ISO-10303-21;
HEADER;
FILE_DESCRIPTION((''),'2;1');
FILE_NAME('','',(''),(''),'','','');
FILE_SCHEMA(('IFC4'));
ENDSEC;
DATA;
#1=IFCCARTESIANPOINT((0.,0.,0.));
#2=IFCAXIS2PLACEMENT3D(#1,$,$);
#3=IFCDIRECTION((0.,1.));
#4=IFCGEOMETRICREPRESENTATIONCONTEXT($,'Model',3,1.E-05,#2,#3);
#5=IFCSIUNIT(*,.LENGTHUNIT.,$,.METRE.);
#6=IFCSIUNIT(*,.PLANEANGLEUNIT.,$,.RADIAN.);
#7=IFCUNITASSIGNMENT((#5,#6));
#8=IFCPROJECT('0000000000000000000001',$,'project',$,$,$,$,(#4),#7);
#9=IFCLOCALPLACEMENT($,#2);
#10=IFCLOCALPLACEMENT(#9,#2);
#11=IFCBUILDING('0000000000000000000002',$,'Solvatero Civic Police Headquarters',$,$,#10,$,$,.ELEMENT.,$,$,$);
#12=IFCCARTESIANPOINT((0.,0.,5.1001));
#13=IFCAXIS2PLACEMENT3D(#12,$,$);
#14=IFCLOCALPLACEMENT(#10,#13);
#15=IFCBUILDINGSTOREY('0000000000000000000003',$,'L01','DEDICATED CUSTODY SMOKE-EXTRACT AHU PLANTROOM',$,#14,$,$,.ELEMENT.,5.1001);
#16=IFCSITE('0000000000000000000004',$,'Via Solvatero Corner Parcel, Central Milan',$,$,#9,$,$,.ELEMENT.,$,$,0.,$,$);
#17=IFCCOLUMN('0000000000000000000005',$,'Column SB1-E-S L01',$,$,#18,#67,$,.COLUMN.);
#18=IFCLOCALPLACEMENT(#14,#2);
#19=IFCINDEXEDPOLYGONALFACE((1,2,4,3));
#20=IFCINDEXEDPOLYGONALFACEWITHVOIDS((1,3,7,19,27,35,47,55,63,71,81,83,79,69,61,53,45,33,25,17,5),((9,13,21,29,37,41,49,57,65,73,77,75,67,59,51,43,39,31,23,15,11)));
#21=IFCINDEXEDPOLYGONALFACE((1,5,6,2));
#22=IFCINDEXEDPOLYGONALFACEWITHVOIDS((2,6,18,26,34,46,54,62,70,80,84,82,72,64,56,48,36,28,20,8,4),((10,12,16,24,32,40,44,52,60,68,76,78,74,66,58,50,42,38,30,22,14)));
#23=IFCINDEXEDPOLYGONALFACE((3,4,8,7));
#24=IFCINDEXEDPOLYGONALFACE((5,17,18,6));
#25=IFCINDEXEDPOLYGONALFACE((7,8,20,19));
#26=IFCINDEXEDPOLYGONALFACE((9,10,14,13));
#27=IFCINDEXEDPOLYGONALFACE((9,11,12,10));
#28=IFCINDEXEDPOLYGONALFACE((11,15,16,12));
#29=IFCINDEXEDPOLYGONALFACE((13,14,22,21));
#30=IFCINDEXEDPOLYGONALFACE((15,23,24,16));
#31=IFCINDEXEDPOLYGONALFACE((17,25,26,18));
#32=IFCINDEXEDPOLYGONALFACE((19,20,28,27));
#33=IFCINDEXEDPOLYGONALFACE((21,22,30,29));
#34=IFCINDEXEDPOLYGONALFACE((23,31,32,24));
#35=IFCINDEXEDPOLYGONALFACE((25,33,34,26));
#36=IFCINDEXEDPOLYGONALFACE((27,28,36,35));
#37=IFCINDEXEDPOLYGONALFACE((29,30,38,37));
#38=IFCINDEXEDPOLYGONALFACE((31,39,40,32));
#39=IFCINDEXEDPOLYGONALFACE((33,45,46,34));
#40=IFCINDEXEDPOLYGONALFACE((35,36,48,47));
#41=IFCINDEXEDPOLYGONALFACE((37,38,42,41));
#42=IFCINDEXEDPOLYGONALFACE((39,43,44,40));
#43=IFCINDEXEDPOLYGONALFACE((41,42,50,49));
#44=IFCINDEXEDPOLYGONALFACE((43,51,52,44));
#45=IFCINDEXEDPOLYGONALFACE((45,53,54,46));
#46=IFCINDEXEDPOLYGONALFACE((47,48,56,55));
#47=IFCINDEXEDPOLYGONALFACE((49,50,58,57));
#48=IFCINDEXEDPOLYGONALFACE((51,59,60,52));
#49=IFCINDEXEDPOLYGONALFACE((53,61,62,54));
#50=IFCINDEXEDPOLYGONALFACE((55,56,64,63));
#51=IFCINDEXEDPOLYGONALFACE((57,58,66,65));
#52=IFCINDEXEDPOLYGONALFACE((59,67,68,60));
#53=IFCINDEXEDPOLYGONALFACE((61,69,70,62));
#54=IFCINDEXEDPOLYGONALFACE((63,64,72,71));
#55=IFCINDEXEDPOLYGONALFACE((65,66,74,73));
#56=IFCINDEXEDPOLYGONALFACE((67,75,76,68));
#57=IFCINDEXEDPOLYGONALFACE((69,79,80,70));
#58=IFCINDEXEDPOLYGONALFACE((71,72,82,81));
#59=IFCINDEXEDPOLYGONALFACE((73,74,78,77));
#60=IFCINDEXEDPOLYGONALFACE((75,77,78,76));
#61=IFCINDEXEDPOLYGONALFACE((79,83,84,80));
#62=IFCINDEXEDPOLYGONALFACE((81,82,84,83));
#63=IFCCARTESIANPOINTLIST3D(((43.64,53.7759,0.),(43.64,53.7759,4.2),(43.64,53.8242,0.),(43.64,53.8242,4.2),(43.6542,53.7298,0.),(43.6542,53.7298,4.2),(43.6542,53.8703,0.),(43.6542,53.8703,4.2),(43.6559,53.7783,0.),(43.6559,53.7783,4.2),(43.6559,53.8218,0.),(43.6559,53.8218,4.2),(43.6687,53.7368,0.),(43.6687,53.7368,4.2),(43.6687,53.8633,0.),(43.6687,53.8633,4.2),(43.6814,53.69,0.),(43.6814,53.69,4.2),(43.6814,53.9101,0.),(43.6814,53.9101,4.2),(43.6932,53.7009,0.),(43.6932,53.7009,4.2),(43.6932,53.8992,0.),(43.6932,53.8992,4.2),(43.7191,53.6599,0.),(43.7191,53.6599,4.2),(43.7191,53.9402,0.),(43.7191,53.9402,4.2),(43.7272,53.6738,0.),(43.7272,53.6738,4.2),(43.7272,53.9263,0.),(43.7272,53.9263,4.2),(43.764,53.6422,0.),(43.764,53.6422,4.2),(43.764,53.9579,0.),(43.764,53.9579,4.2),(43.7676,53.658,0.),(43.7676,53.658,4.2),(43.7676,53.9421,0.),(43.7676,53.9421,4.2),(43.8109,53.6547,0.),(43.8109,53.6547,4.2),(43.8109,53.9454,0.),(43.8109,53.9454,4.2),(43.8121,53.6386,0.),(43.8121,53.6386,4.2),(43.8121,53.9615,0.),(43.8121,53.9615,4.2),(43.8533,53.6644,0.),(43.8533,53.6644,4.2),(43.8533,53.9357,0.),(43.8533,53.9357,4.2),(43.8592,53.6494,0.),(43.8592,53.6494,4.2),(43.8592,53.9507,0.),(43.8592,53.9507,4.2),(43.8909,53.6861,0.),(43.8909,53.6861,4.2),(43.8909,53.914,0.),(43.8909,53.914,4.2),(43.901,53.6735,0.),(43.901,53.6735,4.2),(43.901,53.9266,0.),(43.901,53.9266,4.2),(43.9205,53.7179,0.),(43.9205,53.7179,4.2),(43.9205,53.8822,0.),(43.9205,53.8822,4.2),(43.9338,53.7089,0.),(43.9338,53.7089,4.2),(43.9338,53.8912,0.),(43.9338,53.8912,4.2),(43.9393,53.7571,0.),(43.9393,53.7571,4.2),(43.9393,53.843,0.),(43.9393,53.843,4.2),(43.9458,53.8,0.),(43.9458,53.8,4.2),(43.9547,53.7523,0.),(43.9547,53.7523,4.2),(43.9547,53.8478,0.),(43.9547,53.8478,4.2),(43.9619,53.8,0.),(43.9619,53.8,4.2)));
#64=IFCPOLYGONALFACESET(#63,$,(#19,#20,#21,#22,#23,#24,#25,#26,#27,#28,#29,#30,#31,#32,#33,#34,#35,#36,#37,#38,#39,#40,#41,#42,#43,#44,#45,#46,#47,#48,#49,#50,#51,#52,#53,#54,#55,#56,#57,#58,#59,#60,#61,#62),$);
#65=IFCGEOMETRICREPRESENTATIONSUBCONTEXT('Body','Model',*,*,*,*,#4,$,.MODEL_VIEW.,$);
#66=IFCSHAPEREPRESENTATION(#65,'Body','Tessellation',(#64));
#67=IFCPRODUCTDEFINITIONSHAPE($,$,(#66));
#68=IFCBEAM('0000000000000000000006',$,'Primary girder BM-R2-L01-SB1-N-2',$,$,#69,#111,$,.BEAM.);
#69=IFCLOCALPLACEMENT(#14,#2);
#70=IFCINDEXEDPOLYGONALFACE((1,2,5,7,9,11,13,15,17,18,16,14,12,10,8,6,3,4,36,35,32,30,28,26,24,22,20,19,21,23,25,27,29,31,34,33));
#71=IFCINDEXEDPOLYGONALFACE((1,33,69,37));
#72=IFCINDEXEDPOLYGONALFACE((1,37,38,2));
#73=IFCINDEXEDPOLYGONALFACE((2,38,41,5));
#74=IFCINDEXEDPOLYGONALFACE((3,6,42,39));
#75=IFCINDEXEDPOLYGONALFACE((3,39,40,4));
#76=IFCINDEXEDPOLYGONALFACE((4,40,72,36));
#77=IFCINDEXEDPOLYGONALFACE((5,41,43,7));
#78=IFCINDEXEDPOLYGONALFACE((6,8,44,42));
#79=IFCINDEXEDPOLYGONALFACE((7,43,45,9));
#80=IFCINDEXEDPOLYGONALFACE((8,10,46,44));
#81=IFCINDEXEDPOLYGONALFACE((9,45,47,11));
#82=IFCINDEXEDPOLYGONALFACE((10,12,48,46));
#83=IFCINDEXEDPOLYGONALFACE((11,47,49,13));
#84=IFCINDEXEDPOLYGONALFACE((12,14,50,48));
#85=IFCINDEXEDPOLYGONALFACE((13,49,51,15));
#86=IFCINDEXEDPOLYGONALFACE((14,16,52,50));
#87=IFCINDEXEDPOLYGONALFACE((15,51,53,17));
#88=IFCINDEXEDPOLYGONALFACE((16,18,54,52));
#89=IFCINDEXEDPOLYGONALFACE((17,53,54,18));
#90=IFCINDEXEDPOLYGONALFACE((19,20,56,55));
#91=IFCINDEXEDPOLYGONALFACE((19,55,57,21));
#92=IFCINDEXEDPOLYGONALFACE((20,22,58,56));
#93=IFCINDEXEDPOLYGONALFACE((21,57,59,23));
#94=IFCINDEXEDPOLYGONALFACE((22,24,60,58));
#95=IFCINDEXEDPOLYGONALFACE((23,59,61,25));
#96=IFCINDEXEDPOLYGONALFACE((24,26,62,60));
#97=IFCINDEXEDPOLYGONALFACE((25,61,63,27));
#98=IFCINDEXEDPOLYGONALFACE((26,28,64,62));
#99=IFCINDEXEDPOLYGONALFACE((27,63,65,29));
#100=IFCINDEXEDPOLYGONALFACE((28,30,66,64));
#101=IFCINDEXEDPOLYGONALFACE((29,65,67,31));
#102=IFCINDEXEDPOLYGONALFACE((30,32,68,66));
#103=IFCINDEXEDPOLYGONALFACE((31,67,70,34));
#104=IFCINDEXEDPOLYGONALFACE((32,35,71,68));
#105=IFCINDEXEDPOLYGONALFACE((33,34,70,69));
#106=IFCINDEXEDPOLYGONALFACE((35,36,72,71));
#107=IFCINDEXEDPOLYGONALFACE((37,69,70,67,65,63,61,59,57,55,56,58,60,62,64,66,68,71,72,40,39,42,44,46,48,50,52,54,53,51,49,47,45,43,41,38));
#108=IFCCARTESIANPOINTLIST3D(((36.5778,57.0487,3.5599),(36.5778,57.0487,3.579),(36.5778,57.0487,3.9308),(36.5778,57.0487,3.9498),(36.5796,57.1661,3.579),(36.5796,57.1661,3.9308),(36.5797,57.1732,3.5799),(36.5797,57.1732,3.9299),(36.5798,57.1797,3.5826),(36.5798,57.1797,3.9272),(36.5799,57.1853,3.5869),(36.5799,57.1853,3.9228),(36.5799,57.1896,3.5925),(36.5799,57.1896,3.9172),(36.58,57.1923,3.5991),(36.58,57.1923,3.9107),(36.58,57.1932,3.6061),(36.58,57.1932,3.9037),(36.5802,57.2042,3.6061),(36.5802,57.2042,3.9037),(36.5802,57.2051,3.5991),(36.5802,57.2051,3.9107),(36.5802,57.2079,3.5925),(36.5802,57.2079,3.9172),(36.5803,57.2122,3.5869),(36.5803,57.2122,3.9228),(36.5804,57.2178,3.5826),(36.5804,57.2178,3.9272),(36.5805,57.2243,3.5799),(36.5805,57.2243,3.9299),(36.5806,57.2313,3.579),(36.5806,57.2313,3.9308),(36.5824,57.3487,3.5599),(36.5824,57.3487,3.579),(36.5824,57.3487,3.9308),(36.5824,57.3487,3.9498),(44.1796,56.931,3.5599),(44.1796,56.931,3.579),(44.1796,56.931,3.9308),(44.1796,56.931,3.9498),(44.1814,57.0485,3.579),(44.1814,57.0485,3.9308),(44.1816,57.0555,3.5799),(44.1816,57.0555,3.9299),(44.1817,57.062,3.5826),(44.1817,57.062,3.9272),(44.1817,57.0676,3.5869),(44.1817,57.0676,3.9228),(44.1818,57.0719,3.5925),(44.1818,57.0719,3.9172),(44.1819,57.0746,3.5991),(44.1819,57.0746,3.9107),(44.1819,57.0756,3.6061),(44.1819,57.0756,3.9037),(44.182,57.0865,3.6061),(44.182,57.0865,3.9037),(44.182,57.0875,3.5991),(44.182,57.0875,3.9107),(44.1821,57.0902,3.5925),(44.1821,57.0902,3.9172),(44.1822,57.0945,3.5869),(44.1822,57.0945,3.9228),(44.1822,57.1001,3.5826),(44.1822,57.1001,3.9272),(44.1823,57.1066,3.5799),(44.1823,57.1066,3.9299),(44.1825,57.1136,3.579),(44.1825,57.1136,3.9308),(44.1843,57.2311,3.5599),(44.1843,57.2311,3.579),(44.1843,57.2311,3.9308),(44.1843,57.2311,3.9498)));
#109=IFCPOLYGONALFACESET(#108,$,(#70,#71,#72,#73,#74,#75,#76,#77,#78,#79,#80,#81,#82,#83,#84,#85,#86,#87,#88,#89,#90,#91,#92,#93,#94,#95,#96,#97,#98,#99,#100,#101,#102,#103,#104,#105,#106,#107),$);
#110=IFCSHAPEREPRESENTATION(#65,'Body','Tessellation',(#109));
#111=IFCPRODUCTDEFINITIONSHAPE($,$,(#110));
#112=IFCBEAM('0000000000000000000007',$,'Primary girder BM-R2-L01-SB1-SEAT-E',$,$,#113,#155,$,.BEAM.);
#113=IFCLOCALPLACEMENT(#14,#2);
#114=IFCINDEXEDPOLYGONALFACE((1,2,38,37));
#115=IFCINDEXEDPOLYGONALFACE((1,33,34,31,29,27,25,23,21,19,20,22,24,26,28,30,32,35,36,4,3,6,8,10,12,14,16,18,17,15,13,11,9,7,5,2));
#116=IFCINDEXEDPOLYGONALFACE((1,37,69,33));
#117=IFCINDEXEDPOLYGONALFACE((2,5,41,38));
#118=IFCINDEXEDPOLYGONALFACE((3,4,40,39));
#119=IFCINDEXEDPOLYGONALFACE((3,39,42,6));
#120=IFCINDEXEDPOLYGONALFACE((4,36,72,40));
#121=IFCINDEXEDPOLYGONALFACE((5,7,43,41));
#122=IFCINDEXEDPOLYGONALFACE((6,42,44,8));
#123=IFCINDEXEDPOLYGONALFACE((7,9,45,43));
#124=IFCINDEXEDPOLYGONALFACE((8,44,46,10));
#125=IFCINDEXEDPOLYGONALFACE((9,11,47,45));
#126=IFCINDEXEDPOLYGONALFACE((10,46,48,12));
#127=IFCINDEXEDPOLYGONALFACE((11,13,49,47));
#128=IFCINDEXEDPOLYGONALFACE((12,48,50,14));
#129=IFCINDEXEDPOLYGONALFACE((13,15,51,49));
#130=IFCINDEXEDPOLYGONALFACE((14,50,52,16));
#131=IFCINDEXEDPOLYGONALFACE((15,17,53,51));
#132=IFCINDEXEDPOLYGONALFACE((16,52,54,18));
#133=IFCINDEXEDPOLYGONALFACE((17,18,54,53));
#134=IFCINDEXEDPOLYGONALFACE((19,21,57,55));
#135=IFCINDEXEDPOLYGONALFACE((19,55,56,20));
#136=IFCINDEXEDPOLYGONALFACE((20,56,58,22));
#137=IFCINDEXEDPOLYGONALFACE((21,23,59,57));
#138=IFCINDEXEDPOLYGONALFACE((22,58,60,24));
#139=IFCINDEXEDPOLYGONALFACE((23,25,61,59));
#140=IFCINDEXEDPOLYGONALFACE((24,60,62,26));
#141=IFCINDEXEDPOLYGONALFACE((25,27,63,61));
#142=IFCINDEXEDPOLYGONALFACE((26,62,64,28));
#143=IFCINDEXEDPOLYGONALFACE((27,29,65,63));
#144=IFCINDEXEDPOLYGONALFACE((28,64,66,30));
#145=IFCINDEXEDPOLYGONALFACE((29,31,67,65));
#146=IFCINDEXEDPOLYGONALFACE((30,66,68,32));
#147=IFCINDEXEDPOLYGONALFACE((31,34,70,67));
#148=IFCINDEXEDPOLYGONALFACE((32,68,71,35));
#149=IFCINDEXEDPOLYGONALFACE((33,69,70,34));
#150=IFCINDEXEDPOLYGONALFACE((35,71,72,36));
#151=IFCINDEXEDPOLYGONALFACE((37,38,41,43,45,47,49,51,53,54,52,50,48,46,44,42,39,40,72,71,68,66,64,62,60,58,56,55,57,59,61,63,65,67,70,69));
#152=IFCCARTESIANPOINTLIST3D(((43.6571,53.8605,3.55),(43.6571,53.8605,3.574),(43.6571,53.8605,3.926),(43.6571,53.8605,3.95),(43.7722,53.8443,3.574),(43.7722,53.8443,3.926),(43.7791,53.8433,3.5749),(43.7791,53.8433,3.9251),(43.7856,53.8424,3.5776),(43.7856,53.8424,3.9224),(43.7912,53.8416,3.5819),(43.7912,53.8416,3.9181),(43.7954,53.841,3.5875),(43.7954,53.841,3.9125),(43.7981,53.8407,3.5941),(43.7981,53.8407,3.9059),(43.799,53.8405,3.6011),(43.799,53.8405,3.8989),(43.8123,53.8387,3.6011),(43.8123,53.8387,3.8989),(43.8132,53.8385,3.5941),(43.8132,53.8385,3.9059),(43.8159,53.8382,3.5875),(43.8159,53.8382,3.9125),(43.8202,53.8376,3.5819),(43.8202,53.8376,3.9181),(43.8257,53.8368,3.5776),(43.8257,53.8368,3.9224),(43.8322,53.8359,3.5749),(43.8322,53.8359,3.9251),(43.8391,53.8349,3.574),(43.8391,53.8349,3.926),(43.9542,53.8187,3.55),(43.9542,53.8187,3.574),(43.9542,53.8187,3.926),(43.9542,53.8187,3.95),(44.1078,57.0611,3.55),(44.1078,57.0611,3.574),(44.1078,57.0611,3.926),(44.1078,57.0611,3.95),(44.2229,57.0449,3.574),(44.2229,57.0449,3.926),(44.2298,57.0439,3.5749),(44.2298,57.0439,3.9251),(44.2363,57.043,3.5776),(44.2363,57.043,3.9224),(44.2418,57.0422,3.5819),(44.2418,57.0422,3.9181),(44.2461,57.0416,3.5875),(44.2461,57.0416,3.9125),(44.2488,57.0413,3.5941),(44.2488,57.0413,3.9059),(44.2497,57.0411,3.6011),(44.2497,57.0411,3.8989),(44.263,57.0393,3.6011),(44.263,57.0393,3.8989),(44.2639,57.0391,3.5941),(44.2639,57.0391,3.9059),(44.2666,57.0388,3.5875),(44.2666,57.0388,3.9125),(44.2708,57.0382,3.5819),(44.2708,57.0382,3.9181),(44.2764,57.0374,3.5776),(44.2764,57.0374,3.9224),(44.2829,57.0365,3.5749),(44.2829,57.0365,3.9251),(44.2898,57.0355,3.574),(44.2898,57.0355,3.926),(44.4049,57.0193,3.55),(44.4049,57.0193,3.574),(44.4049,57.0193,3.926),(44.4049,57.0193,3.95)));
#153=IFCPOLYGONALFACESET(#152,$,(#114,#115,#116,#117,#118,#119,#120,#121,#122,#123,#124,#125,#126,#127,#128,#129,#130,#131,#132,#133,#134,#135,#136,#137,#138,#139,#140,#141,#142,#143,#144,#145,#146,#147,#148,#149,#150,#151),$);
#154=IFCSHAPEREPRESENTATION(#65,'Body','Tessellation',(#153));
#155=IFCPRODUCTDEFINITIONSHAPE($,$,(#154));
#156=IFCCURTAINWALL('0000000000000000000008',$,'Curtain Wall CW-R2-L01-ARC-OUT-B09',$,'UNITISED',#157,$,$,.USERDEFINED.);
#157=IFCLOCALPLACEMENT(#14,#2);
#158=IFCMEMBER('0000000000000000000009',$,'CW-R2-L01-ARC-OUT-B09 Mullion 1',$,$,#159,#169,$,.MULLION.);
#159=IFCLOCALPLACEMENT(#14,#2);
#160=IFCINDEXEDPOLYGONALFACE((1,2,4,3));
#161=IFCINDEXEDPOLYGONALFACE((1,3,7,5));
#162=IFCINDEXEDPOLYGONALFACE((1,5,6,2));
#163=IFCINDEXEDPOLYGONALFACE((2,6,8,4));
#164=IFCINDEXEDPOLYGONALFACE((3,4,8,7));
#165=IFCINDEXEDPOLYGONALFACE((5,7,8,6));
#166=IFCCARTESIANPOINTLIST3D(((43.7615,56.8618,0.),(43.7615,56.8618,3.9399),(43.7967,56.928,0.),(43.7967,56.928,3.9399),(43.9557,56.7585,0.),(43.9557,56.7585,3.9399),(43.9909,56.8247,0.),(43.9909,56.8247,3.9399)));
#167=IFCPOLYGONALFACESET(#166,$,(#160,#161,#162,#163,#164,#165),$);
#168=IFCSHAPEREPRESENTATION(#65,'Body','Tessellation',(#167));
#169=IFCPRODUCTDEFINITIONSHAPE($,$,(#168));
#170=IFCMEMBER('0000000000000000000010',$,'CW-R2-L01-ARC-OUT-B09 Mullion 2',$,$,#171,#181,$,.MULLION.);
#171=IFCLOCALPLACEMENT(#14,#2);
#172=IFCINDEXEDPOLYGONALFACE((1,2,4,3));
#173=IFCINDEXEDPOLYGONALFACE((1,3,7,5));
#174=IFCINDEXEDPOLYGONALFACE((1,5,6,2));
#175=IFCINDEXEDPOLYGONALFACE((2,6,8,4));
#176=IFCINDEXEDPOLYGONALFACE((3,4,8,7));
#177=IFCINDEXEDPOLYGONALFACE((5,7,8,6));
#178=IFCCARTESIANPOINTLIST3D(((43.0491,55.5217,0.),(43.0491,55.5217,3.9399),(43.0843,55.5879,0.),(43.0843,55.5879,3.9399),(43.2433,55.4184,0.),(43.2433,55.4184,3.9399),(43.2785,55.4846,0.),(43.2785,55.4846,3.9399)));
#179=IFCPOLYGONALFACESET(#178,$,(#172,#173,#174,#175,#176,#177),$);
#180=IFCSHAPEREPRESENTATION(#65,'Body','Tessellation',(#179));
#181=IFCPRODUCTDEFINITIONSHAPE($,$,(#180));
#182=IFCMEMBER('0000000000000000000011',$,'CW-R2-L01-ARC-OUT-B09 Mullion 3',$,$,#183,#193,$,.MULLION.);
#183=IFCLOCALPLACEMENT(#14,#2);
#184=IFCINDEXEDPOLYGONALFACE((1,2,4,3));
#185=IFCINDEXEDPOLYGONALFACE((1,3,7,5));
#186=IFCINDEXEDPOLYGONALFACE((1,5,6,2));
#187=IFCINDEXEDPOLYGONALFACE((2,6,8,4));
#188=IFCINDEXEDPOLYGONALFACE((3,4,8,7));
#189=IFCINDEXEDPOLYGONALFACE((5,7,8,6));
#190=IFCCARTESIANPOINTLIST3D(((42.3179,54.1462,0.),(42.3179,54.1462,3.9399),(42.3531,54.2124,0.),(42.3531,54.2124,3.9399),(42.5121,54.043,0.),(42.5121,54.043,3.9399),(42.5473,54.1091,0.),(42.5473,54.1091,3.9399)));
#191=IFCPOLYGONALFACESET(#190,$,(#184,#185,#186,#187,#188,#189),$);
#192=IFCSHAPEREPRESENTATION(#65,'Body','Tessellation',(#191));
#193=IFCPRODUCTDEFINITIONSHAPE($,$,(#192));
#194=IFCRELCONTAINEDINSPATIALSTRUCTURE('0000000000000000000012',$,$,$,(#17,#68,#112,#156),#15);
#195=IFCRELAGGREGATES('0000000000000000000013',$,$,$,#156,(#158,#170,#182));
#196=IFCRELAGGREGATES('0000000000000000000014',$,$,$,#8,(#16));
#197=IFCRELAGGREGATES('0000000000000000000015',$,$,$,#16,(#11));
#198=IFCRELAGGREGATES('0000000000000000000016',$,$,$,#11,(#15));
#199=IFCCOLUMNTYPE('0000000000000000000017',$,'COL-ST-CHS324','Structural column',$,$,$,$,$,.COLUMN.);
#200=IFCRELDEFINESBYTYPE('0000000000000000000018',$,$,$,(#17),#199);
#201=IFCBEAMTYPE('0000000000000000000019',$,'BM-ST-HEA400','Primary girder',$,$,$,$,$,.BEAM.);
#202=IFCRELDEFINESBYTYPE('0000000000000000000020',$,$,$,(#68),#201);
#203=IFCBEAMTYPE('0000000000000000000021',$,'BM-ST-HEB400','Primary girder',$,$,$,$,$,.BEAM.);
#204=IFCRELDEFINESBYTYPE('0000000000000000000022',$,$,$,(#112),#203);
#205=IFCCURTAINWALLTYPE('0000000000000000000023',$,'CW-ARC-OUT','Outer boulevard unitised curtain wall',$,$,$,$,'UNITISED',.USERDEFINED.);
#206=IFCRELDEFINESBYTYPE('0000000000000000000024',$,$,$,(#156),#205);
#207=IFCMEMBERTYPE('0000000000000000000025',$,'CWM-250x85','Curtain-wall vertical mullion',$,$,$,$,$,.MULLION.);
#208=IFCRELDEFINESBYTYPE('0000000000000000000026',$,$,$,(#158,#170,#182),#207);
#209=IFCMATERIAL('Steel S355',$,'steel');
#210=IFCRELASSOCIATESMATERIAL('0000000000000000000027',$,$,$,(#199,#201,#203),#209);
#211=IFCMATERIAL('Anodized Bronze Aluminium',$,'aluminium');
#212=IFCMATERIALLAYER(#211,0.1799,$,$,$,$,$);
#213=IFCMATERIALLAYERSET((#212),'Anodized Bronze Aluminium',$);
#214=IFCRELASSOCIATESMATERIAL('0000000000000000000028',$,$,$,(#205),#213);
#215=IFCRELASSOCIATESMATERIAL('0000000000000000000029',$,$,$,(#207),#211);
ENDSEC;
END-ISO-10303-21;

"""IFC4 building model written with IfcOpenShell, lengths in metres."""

from ifc_helpers import new_model, si_unit, direction, frame, origin, origin_2d, place, context, subcontext, project, spatial, rectangle, hollow_circle, i_section, extrude, material, layer, layer_set, material_profile, profile_set, type_object, element, aggregate, save


model = new_model("IFC4")

# Units and contexts
model_context = context("Model", 3, precision=1e-05, world=origin(), true_north=direction((0.0, 1.0)))
body_context = subcontext(model_context, "Body", "Model", "MODEL_VIEW")
ifc_project = project(units=[si_unit("LENGTHUNIT", "METRE"), si_unit("PLANEANGLEUNIT", "RADIAN")], contexts=[model_context])

# Site, building, storey
site_placement = place(None, origin())
site = spatial("IfcSite", under=ifc_project, at=site_placement, Name="Via Solvatero Corner Parcel, Central Milan", CompositionType="ELEMENT", RefElevation=0.0)
building_placement = place(site_placement, origin())
building = spatial("IfcBuilding", under=site, at=building_placement, Name="Solvatero Civic Police Headquarters", CompositionType="ELEMENT")
storey_placement = place(building_placement, frame((0.0, 0.0, 5.1001)))
storey = spatial("IfcBuildingStorey", under=building, at=storey_placement, Name="L01", Description="DEDICATED CUSTODY SMOKE-EXTRACT AHU PLANTROOM", CompositionType="ELEMENT", Elevation=5.1001)

# Column
ifc_material_1 = material(Name="Steel S355", Category="steel")
ifc_material_profile_1 = material_profile(ifc_material_1, hollow_circle(Radius=0.1619, WallThickness=0.0161, at=origin_2d()), Name="CHS 323.9x16.0")
ifc_profile_set_1 = profile_set([ifc_material_profile_1], Name="Steel S355")
column_type = type_object("IfcColumnType", Name="COL-ST-CHS324", Description="Structural column", PredefinedType="COLUMN", material=ifc_profile_set_1)
column_placement = place(storey_placement, frame((43.8, 53.8, 0.0), z_axis=(0.0, 0.0, 1.0), x_axis=(1.0, 0.0, 0.0)))
element("IfcColumn", 1, at=column_placement, inside=storey, type_object=column_type, Name="Column SB1-E-S L01", PredefinedType="COLUMN", context=body_context, shape_type="SweptSolid", body=[
    extrude(hollow_circle(Radius=0.1619, WallThickness=0.0161, at=origin_2d()), origin(), (0.0, 0.0, 1.0), 4.2),
])

# Beams
ifc_material_profile_2 = material_profile(ifc_material_1, i_section(OverallWidth=0.3, OverallDepth=0.3899, WebThickness=0.011, FlangeThickness=0.019, FilletRadius=0.0271, at=origin_2d()), Name="HEA 400")
ifc_profile_set_2 = profile_set([ifc_material_profile_2], Name="Steel S355")
beam_type_1 = type_object("IfcBeamType", Name="BM-ST-HEA400", Description="Primary girder", PredefinedType="BEAM", material=ifc_profile_set_2)
beam_1_placement = place(storey_placement, frame((36.5801, 57.1987, 3.7549), z_axis=(0.99988, -0.015478, 0.0), x_axis=(0.015478, 0.99988, 0.0)))
element("IfcBeam", 2, at=beam_1_placement, inside=storey, type_object=beam_type_1, Name="Primary girder BM-R2-L01-SB1-N-2", PredefinedType="BEAM", context=body_context, shape_type="SweptSolid", body=[
    extrude(i_section(OverallWidth=0.3, OverallDepth=0.3899, WebThickness=0.011, FlangeThickness=0.019, FilletRadius=0.0271, at=origin_2d()), origin(), (0.0, 0.0, 1.0), 7.6028),
])
ifc_material_profile_3 = material_profile(ifc_material_1, i_section(OverallWidth=0.3, OverallDepth=0.3999, WebThickness=0.0134, FlangeThickness=0.0239, FilletRadius=0.0271, at=origin_2d()), Name="HEB 400")
ifc_profile_set_3 = profile_set([ifc_material_profile_3], Name="Steel S355")
beam_type_2 = type_object("IfcBeamType", Name="BM-ST-HEB400", Description="Primary girder", PredefinedType="BEAM", material=ifc_profile_set_3)
beam_2_placement = place(storey_placement, frame((43.8057, 53.8396, 3.75), z_axis=(0.139433, 0.990231, 0.0), x_axis=(-0.990231, 0.139433, 0.0)))
element("IfcBeam", 3, at=beam_2_placement, inside=storey, type_object=beam_type_2, Name="Primary girder BM-R2-L01-SB1-SEAT-E", PredefinedType="BEAM", context=body_context, shape_type="SweptSolid", body=[
    extrude(i_section(OverallWidth=0.3, OverallDepth=0.3999, WebThickness=0.0134, FlangeThickness=0.0239, FilletRadius=0.0271, at=origin_2d()), origin(), (0.0, 0.0, 1.0), 3.2322),
])

# Curtain wall, members
ifc_material_2 = material(Name="Anodized Bronze Aluminium", Category="aluminium")
ifc_layer_1 = layer(ifc_material_2, 0.1799)
ifc_layer_set_1 = layer_set([ifc_layer_1], Name="Anodized Bronze Aluminium")
curtain_wall_type = type_object("IfcCurtainWallType", Name="CW-ARC-OUT", Description="Outer boulevard unitised curtain wall", ElementType="UNITISED", PredefinedType="USERDEFINED", material=ifc_layer_set_1)
curtain_wall_placement = place(storey_placement, origin())
curtain_wall = element("IfcCurtainWall", 4, at=curtain_wall_placement, inside=storey, type_object=curtain_wall_type, Name="Curtain Wall CW-R2-L01-ARC-OUT-B09", ObjectType="UNITISED", PredefinedType="USERDEFINED")
ifc_material_profile_4 = material_profile(ifc_material_2, rectangle(XDim=0.075, YDim=0.22, at=origin_2d()), Name="ALU MULLION 75x220")
ifc_profile_set_4 = profile_set([ifc_material_profile_4], Name="Anodized Bronze Aluminium")
member_type_1 = type_object("IfcMemberType", Name="CWM-250x85", Description="Curtain-wall vertical mullion", PredefinedType="MULLION", material=ifc_profile_set_4)
member_1_placement = place(storey_placement, frame((43.8762, 56.8433, 0.0), z_axis=(0.0, 0.0, 1.0), x_axis=(-0.469472, -0.882948, 0.0)))
member_1 = element("IfcMember", 5, at=member_1_placement, type_object=member_type_1, Name="CW-R2-L01-ARC-OUT-B09 Mullion 1", PredefinedType="MULLION", context=body_context, shape_type="SweptSolid", body=[
    extrude(rectangle(XDim=0.075, YDim=0.22, at=origin_2d()), origin(), (0.0, 0.0, 1.0), 3.9399),
])
member_2_placement = place(storey_placement, frame((43.1638, 55.5032, 0.0), z_axis=(0.0, 0.0, 1.0), x_axis=(-0.469472, -0.882948, 0.0)))
member_2 = element("IfcMember", 6, at=member_2_placement, type_object=member_type_1, Name="CW-R2-L01-ARC-OUT-B09 Mullion 2", PredefinedType="MULLION", context=body_context, shape_type="SweptSolid", body=[
    extrude(rectangle(XDim=0.075, YDim=0.22, at=origin_2d()), origin(), (0.0, 0.0, 1.0), 3.9399),
])
member_3_placement = place(storey_placement, frame((42.4326, 54.1277, 0.0), z_axis=(0.0, 0.0, 1.0), x_axis=(-0.469472, -0.882948, 0.0)))
member_3 = element("IfcMember", 7, at=member_3_placement, type_object=member_type_1, Name="CW-R2-L01-ARC-OUT-B09 Mullion 3", PredefinedType="MULLION", context=body_context, shape_type="SweptSolid", body=[
    extrude(rectangle(XDim=0.075, YDim=0.22, at=origin_2d()), origin(), (0.0, 0.0, 1.0), 3.9399),
])
aggregate(curtain_wall, [member_1, member_2, member_3])

save(model, "model.ifc")
